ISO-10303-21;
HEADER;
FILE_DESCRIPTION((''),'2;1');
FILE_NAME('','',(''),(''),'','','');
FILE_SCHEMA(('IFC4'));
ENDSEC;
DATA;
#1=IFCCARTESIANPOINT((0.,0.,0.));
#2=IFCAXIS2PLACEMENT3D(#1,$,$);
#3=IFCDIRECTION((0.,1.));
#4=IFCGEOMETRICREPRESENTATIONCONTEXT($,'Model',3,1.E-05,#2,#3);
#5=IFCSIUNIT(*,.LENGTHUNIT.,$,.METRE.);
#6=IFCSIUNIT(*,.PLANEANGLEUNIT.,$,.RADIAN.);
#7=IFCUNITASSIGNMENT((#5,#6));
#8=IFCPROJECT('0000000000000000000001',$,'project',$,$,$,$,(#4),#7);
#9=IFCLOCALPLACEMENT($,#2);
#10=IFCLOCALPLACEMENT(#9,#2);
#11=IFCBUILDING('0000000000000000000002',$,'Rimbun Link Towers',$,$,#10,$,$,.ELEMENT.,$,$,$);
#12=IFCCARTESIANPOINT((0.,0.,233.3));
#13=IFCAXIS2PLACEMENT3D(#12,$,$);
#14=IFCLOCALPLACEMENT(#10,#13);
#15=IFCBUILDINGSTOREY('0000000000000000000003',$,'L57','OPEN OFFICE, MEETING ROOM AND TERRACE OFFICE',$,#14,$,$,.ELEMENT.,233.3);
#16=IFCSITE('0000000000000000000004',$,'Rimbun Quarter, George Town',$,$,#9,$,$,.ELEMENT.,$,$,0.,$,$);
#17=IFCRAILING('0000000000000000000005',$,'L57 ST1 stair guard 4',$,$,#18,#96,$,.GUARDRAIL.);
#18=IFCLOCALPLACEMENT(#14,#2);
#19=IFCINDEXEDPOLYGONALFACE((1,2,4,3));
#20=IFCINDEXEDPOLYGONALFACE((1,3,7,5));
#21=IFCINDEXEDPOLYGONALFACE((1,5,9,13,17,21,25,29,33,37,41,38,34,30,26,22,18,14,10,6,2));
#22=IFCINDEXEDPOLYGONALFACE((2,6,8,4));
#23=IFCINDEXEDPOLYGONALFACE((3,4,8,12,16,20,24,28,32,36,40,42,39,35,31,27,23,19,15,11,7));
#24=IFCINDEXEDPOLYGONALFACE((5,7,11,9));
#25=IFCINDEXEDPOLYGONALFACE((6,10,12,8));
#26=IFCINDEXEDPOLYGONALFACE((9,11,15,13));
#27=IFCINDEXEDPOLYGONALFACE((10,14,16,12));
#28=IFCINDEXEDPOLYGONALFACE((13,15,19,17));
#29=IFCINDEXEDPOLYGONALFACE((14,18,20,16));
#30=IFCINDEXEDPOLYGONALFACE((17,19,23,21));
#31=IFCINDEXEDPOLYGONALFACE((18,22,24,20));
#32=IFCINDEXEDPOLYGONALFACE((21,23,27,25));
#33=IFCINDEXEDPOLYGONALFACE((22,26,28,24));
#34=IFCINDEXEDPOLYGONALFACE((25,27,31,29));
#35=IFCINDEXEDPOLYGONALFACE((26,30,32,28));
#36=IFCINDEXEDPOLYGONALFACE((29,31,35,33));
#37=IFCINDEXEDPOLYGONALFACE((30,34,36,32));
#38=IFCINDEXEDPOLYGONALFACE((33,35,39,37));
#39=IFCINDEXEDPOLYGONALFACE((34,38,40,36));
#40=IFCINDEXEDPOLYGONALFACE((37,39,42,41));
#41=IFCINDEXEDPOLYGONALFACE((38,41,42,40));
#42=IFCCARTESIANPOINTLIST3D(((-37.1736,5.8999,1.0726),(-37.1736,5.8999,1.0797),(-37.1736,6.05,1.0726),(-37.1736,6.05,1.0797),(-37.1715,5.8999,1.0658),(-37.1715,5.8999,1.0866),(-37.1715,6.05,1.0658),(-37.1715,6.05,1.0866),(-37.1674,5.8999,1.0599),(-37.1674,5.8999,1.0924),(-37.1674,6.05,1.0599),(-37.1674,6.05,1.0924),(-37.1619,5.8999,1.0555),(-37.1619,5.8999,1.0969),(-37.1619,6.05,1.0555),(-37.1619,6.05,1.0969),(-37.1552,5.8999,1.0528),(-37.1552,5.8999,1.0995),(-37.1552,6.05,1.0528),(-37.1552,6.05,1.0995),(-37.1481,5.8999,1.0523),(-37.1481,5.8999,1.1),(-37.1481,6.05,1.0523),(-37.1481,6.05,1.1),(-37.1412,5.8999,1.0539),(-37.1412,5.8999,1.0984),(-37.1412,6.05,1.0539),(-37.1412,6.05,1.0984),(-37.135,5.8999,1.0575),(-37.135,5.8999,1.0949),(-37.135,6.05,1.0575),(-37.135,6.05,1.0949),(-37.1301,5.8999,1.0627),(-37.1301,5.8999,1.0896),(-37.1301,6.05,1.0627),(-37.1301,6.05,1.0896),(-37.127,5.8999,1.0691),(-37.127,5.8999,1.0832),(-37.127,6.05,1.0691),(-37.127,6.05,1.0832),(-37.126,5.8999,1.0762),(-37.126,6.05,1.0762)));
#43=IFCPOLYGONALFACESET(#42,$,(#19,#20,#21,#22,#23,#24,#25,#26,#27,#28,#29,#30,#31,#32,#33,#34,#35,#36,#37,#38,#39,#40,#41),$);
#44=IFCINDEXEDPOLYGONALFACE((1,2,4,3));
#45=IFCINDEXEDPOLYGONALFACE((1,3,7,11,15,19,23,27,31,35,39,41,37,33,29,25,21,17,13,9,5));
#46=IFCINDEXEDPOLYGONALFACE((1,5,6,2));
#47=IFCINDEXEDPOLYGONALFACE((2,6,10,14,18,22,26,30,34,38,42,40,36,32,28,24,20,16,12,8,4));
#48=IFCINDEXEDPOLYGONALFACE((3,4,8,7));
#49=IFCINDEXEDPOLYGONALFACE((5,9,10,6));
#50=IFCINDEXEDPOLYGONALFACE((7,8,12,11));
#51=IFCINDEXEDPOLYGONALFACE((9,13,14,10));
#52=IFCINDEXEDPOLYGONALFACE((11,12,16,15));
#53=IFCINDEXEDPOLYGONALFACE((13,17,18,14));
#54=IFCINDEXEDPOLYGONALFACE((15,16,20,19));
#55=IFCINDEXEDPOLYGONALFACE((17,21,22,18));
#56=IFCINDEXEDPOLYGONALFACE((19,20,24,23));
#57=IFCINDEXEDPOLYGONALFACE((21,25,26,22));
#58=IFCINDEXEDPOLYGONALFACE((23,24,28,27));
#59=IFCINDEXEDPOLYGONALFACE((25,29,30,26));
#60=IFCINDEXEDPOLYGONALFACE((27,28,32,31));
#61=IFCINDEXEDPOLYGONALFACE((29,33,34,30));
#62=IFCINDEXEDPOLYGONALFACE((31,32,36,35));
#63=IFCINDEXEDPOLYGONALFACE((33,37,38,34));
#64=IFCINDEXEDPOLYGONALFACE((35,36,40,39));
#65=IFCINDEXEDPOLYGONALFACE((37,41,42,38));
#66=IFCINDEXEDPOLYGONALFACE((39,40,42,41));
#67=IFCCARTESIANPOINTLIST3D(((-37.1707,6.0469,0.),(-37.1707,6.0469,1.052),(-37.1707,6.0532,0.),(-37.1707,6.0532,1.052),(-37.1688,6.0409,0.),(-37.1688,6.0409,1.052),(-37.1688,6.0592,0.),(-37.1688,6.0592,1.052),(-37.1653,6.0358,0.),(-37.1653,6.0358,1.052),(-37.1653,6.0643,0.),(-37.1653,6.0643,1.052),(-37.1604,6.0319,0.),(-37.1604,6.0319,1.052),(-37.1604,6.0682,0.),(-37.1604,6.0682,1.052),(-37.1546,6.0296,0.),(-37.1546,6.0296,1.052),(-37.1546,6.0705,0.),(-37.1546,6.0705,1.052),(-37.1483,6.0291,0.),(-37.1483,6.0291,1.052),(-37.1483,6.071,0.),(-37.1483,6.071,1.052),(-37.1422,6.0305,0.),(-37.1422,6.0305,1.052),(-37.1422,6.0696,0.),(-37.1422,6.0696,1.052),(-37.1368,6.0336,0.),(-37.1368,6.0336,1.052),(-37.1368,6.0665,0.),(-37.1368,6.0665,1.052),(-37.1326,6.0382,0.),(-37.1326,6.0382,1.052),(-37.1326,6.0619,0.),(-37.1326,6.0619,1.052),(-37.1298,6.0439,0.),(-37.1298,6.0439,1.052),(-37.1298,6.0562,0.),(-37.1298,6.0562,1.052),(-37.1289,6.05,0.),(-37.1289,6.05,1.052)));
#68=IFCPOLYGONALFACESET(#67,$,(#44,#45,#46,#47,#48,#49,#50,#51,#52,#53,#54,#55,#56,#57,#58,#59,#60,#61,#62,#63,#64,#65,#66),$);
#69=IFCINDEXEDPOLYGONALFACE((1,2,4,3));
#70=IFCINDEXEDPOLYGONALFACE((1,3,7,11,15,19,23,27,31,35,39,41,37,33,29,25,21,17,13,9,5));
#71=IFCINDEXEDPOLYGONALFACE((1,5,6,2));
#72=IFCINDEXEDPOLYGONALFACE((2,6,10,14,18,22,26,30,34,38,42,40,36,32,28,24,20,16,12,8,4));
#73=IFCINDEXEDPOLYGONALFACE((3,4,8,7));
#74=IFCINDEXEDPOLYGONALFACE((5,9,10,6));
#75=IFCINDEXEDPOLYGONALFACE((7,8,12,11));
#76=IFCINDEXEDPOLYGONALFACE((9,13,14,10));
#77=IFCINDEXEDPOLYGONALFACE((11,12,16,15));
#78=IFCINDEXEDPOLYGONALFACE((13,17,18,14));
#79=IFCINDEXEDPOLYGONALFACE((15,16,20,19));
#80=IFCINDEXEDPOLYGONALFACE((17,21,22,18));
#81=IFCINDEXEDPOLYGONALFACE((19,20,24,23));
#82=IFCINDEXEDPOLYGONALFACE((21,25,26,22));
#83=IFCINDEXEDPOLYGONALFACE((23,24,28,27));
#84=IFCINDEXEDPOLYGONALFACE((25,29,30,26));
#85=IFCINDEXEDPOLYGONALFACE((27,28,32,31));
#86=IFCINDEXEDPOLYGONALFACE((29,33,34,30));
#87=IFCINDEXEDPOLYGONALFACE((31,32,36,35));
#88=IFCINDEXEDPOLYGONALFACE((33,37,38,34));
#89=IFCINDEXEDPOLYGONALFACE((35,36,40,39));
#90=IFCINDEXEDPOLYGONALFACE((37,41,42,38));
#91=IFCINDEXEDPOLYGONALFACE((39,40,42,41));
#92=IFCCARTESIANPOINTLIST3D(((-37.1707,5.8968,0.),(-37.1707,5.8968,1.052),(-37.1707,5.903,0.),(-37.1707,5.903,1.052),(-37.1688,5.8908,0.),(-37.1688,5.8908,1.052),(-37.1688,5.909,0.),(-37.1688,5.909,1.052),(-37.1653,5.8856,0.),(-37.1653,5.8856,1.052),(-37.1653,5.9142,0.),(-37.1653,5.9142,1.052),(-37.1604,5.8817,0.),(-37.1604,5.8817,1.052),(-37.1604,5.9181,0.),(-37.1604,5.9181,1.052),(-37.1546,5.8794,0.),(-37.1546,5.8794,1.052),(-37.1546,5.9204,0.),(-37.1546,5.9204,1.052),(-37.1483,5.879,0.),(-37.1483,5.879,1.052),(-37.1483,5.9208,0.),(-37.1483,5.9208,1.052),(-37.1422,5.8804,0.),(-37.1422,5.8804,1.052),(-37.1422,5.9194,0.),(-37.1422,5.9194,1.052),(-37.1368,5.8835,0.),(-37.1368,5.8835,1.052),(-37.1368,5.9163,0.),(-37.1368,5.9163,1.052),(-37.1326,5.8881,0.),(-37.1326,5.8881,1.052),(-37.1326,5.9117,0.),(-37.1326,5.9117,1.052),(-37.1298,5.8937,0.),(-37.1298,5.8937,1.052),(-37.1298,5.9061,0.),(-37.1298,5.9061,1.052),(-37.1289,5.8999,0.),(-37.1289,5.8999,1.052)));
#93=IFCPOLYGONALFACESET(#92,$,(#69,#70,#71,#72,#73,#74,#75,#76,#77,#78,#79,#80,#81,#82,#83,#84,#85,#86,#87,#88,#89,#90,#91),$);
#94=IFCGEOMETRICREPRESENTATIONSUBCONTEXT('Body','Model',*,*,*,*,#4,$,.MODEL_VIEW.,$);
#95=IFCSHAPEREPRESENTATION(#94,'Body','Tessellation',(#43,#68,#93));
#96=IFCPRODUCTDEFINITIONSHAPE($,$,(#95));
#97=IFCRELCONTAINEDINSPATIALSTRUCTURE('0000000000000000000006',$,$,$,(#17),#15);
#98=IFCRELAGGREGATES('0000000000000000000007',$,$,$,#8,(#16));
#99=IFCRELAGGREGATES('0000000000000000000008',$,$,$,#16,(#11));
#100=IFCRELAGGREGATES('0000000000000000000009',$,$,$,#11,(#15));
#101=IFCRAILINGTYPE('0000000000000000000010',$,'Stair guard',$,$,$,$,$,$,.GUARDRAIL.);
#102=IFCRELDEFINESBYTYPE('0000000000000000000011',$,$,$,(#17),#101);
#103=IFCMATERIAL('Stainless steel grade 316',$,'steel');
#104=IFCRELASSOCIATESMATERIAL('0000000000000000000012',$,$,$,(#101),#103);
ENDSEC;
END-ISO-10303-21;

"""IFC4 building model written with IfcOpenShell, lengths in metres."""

from ifc_helpers import new_model, si_unit, direction, frame, origin, origin_2d, place, context, subcontext, project, spatial, circle, extrude, material, type_object, element, save


model = new_model("IFC4")

# Units and contexts
model_context = context("Model", 3, precision=1e-05, world=origin(), true_north=direction((0.0, 1.0)))
body_context = subcontext(model_context, "Body", "Model", "MODEL_VIEW")
ifc_project = project(units=[si_unit("LENGTHUNIT", "METRE"), si_unit("PLANEANGLEUNIT", "RADIAN")], contexts=[model_context])

# Site, building, storey
site_placement = place(None, origin())
site = spatial("IfcSite", under=ifc_project, at=site_placement, Name="Rimbun Quarter, George Town", CompositionType="ELEMENT", RefElevation=0.0)
building_placement = place(site_placement, origin())
building = spatial("IfcBuilding", under=site, at=building_placement, Name="Rimbun Link Towers", CompositionType="ELEMENT")
storey_placement = place(building_placement, frame((0.0, 0.0, 233.3)))
storey = spatial("IfcBuildingStorey", under=building, at=storey_placement, Name="L57", Description="OPEN OFFICE, MEETING ROOM AND TERRACE OFFICE", CompositionType="ELEMENT", Elevation=233.3)

# Railing
ifc_material_1 = material(Name="Stainless steel grade 316", Category="steel")
railing_type_1 = type_object("IfcRailingType", Name="Stair guard", PredefinedType="GUARDRAIL", material=ifc_material_1)
railing_1_placement = place(storey_placement, frame((-37.1499, 6.05, 0.0)))
element("IfcRailing", 1, at=railing_1_placement, inside=storey, type_object=railing_type_1, Name="L57 ST1 stair guard 4", PredefinedType="GUARDRAIL", context=body_context, shape_type="SweptSolid", body=[
    extrude(circle(Radius=0.0239, at=origin_2d()), frame((0.0, 0.0, 1.0762), z_axis=(0.0, -1.0, 0.0), x_axis=(1.0, 0.0, 0.0)), (0.0, 0.0, 1.0), 0.1501),
    extrude(circle(Radius=0.021, at=origin_2d()), origin(), (0.0, 0.0, 1.0), 1.052),
    extrude(circle(Radius=0.021, at=origin_2d()), frame((0.0, -0.1501, 0.0)), (0.0, 0.0, 1.0), 1.052),
])

save(model, "model.ifc")
